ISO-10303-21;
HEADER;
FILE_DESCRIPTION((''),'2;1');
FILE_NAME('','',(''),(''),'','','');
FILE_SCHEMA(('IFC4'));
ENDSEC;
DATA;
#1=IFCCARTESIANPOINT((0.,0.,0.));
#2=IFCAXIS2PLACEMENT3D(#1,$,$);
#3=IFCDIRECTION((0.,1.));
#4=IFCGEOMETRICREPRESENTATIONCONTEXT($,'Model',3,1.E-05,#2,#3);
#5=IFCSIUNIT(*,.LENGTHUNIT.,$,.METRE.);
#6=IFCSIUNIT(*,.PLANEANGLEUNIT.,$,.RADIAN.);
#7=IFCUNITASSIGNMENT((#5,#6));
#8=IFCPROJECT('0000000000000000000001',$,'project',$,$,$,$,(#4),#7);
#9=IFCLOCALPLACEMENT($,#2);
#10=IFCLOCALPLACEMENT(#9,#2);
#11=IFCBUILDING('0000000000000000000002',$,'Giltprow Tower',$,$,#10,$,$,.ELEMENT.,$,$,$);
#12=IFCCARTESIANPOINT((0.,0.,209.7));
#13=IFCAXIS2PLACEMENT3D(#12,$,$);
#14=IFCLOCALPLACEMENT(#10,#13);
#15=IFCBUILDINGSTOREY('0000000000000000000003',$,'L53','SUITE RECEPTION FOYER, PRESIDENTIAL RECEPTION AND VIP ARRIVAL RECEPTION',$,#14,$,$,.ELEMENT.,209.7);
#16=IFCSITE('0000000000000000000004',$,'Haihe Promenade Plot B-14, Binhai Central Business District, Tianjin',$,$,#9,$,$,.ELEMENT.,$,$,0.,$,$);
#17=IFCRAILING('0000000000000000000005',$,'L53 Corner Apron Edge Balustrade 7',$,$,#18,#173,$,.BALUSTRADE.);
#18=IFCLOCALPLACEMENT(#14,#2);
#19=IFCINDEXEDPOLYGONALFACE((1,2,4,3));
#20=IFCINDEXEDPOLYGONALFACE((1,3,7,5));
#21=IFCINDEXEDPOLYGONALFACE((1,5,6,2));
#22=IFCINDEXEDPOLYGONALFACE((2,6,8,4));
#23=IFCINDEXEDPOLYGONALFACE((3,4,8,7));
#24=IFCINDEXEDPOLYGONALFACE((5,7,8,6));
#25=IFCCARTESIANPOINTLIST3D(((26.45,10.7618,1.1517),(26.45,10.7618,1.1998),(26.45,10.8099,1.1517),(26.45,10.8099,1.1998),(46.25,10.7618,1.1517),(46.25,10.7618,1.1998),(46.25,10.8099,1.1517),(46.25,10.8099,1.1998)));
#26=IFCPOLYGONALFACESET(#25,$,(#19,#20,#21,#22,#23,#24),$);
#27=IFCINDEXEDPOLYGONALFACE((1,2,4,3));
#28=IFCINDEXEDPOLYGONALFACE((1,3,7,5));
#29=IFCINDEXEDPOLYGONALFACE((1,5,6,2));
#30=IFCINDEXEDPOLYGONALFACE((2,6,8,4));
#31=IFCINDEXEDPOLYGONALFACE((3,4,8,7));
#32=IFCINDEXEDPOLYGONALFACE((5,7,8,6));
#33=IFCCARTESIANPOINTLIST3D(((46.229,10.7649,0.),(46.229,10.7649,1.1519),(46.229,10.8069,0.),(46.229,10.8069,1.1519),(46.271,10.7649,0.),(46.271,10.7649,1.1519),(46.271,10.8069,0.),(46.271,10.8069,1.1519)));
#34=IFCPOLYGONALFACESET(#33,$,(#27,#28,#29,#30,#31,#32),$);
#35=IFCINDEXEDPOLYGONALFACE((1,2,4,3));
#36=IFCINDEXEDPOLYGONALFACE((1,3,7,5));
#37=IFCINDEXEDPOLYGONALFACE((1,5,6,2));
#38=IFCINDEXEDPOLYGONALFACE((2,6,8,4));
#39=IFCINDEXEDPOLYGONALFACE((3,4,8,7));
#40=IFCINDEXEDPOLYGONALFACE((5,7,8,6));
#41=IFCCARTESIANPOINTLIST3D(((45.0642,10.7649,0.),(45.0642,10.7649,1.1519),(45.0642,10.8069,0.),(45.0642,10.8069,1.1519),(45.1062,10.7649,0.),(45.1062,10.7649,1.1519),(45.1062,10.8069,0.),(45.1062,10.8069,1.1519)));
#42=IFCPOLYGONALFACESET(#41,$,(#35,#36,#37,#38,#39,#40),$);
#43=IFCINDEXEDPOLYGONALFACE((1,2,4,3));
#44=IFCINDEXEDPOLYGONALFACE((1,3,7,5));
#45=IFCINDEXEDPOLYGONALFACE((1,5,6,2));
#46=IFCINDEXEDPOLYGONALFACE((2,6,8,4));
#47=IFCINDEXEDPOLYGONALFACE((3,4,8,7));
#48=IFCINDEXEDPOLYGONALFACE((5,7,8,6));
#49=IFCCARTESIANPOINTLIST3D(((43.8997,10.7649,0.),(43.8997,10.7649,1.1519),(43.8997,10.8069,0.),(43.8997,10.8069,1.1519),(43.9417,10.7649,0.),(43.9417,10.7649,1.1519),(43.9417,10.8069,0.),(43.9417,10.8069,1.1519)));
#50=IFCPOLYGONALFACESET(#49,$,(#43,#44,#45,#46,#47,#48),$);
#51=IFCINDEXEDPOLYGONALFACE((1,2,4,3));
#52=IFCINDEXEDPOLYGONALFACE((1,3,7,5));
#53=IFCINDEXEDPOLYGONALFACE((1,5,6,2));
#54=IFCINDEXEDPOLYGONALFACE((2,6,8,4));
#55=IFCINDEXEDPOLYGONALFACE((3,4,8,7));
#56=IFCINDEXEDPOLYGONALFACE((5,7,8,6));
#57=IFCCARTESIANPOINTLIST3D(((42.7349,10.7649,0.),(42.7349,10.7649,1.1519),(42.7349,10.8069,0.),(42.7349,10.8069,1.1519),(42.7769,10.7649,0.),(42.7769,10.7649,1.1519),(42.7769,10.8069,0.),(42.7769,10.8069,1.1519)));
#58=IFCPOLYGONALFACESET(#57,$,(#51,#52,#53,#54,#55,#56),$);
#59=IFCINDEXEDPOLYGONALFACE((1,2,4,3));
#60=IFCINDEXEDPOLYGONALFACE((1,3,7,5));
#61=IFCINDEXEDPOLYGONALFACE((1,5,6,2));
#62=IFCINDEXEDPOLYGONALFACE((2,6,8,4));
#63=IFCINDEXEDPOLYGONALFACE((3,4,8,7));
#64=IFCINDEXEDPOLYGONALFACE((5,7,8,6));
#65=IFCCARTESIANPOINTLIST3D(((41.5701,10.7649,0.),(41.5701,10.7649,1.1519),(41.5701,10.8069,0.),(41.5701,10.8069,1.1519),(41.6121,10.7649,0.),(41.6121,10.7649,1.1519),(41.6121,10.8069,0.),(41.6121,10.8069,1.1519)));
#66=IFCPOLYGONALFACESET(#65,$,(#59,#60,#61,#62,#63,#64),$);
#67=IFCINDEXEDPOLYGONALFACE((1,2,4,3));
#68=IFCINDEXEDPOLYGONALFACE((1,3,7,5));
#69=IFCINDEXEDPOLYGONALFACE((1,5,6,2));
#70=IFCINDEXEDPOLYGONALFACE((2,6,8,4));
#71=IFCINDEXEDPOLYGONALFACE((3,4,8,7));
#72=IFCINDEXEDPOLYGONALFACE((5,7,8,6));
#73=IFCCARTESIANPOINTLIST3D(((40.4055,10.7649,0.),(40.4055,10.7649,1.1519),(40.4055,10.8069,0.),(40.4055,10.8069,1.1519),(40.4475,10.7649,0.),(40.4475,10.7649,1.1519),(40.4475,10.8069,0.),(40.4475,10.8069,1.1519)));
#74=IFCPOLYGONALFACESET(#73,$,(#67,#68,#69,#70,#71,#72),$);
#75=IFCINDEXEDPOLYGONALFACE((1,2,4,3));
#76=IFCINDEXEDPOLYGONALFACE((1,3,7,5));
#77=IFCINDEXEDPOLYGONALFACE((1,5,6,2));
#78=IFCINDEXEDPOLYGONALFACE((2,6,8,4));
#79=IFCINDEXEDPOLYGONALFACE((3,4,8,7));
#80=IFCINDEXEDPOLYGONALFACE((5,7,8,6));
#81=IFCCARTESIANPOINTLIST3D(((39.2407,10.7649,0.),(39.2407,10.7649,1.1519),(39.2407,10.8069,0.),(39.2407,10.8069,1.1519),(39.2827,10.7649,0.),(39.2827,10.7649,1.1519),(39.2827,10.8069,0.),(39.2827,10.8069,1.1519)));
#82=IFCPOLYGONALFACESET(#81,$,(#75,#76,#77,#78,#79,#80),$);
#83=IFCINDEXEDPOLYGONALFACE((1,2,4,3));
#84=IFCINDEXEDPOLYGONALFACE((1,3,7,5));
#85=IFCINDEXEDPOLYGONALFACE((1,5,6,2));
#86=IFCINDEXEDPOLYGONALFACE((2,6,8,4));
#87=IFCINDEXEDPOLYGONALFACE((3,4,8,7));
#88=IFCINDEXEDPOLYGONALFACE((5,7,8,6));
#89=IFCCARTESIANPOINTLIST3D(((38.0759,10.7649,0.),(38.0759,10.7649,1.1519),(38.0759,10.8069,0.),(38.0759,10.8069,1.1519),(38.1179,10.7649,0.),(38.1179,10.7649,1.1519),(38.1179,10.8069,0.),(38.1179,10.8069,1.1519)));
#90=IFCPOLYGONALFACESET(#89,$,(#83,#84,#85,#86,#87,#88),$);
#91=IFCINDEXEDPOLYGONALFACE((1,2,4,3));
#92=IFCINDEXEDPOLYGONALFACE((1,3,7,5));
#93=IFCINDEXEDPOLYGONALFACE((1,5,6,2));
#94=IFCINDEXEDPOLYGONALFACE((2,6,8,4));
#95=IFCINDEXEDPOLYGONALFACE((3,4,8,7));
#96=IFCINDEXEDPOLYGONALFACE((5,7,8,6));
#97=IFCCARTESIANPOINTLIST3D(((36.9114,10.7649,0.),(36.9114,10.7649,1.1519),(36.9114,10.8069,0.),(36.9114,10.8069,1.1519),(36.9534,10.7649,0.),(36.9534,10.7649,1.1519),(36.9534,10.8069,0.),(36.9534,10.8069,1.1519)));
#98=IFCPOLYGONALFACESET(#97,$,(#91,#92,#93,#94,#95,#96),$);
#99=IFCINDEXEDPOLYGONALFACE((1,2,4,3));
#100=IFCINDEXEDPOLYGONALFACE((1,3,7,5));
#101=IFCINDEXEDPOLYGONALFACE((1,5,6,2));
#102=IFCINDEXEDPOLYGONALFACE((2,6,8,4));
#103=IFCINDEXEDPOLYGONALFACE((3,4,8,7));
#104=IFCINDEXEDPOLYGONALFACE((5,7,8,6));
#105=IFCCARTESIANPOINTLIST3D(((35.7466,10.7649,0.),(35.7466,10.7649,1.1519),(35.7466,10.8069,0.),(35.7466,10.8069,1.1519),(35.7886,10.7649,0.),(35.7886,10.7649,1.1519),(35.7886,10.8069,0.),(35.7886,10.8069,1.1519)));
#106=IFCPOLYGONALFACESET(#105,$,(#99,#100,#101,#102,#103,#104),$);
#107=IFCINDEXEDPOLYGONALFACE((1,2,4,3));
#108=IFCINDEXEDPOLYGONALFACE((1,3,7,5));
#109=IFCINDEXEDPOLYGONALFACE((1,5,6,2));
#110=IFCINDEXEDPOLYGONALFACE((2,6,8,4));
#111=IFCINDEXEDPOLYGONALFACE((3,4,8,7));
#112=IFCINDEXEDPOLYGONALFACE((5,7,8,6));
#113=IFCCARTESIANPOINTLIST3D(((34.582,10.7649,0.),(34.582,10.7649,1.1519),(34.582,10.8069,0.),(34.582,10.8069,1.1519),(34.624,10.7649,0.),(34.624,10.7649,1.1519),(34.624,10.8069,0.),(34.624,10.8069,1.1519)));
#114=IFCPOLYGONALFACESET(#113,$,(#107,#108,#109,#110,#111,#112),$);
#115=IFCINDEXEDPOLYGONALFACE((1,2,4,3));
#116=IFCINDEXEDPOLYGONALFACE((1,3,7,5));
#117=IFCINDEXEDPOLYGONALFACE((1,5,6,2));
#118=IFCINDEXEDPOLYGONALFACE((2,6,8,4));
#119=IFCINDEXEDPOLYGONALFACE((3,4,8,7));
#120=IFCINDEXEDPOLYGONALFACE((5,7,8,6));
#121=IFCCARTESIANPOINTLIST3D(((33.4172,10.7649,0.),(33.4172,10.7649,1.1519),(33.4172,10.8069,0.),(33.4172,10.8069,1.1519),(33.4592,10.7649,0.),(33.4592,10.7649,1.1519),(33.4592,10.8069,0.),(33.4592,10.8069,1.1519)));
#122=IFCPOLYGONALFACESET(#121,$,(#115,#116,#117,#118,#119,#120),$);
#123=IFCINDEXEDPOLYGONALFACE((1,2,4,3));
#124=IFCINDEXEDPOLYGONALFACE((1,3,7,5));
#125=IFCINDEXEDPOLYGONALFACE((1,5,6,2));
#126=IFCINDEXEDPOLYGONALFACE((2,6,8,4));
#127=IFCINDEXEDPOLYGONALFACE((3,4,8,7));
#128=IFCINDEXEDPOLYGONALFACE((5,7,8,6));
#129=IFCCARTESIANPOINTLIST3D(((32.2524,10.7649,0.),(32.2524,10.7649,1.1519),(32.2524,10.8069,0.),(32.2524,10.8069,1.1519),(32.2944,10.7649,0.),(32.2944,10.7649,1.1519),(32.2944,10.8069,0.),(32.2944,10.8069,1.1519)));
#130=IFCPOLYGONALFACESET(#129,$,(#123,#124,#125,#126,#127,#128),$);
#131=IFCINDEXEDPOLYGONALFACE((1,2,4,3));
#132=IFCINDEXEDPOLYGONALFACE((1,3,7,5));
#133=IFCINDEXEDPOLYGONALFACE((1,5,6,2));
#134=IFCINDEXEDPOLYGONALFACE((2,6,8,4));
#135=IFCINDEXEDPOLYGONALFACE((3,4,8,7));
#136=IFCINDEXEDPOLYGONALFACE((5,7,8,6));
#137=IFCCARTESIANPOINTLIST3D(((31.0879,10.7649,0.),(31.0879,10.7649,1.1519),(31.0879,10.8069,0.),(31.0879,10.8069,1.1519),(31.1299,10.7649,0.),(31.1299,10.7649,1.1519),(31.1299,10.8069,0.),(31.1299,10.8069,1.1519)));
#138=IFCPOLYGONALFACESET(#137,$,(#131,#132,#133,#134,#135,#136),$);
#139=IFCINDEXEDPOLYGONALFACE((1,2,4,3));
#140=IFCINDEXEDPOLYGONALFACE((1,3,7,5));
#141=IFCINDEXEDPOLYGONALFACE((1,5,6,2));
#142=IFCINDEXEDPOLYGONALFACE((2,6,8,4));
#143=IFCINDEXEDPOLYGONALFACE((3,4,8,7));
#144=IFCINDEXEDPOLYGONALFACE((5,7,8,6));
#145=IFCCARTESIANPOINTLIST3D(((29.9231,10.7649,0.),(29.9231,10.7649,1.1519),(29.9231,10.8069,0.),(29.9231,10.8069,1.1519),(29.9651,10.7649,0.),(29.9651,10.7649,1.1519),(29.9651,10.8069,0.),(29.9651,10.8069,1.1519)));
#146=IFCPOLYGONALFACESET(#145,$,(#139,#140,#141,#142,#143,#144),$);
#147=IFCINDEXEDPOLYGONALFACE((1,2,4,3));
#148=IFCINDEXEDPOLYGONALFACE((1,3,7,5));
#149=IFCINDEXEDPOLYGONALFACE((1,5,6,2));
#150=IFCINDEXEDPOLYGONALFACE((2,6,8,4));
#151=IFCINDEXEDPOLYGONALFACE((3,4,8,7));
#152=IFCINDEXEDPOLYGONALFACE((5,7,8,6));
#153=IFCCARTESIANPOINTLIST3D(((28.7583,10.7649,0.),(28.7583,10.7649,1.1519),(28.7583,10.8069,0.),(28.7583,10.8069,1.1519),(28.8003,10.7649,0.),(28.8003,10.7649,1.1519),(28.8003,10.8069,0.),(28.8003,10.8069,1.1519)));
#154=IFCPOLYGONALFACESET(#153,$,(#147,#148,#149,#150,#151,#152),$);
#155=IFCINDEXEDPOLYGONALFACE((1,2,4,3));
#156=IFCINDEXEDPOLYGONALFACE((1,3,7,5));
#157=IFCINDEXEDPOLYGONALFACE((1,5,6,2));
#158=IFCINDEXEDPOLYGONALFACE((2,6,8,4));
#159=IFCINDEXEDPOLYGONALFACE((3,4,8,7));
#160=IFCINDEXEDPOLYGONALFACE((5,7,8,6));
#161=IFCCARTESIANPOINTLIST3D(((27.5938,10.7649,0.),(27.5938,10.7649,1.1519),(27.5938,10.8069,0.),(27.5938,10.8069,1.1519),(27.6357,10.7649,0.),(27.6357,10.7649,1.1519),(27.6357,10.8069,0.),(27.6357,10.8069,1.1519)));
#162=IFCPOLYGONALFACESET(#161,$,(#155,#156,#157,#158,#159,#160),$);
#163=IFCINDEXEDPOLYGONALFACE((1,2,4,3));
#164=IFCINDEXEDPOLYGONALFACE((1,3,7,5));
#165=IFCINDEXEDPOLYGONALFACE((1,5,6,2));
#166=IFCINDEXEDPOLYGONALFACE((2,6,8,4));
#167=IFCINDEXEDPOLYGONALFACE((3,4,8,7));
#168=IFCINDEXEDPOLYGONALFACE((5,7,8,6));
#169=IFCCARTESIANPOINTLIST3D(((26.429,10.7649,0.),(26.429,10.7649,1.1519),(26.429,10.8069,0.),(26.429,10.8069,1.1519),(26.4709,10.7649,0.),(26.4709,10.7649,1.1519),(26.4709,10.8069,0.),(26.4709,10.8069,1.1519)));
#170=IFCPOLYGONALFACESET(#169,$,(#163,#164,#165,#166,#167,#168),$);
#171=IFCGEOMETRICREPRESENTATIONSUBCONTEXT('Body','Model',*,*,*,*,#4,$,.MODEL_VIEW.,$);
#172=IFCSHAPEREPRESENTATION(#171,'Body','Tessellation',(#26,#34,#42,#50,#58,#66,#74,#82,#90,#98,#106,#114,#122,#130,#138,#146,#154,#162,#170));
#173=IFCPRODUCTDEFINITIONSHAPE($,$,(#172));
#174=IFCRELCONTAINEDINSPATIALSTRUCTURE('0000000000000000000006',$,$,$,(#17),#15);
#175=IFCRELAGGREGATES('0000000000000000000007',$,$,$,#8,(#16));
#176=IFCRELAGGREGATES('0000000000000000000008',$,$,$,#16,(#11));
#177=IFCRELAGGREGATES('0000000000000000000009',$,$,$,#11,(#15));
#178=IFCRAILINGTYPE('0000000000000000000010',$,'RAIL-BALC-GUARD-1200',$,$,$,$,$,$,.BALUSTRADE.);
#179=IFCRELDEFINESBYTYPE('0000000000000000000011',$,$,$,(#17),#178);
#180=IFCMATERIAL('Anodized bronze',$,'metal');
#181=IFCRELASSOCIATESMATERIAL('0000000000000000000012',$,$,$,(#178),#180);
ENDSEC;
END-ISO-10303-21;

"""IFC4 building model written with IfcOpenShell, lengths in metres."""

from ifc_helpers import new_model, si_unit, direction, frame, origin, origin_2d, place, context, subcontext, project, spatial, rectangle, extrude, material, type_object, element, save


model = new_model("IFC4")

# Units and contexts
model_context = context("Model", 3, precision=1e-05, world=origin(), true_north=direction((0.0, 1.0)))
body_context = subcontext(model_context, "Body", "Model", "MODEL_VIEW")
ifc_project = project(units=[si_unit("LENGTHUNIT", "METRE"), si_unit("PLANEANGLEUNIT", "RADIAN")], contexts=[model_context])

# Site, building, storey
site_placement = place(None, origin())
site = spatial("IfcSite", under=ifc_project, at=site_placement, Name="Haihe Promenade Plot B-14, Binhai Central Business District, Tianjin", CompositionType="ELEMENT", RefElevation=0.0)
building_placement = place(site_placement, origin())
building = spatial("IfcBuilding", under=site, at=building_placement, Name="Giltprow Tower", CompositionType="ELEMENT")
storey_placement = place(building_placement, frame((0.0, 0.0, 209.7)))
storey = spatial("IfcBuildingStorey", under=building, at=storey_placement, Name="L53", Description="SUITE RECEPTION FOYER, PRESIDENTIAL RECEPTION AND VIP ARRIVAL RECEPTION", CompositionType="ELEMENT", Elevation=209.7)

# Shared definitions
ifc_material_1 = material(Name="Anodized bronze", Category="metal")

# Railing
railing_type = type_object("IfcRailingType", Name="RAIL-BALC-GUARD-1200", PredefinedType="BALUSTRADE", material=ifc_material_1)
railing_1_placement = place(storey_placement, frame((46.25, 10.7859, 0.0)))
element("IfcRailing", 1, at=railing_1_placement, inside=storey, type_object=railing_type, Name="L53 Corner Apron Edge Balustrade 7", PredefinedType="BALUSTRADE", context=body_context, shape_type="SweptSolid", body=[
    extrude(rectangle(XDim=0.0481, YDim=0.0481, at=origin_2d()), frame((0.0, 0.0, 1.1758), z_axis=(-1.0, 0.0, 0.0), x_axis=(0.0, -1.0, 0.0)), (0.0, 0.0, 1.0), 19.8),
    extrude(rectangle(XDim=0.042, YDim=0.042, at=origin_2d()), origin(), (0.0, 0.0, 1.0), 1.1519),
    extrude(rectangle(XDim=0.042, YDim=0.042, at=origin_2d()), frame((-1.1648, 0.0, 0.0)), (0.0, 0.0, 1.0), 1.1519),
    extrude(rectangle(XDim=0.042, YDim=0.042, at=origin_2d()), frame((-2.3293, 0.0, 0.0)), (0.0, 0.0, 1.0), 1.1519),
    extrude(rectangle(XDim=0.042, YDim=0.042, at=origin_2d()), frame((-3.4941, 0.0, 0.0)), (0.0, 0.0, 1.0), 1.1519),
    extrude(rectangle(XDim=0.042, YDim=0.042, at=origin_2d()), frame((-4.6589, 0.0, 0.0)), (0.0, 0.0, 1.0), 1.1519),
    extrude(rectangle(XDim=0.042, YDim=0.042, at=origin_2d()), frame((-5.8235, 0.0, 0.0)), (0.0, 0.0, 1.0), 1.1519),
    extrude(rectangle(XDim=0.042, YDim=0.042, at=origin_2d()), frame((-6.9883, 0.0, 0.0)), (0.0, 0.0, 1.0), 1.1519),
    extrude(rectangle(XDim=0.042, YDim=0.042, at=origin_2d()), frame((-8.1531, 0.0, 0.0)), (0.0, 0.0, 1.0), 1.1519),
    extrude(rectangle(XDim=0.042, YDim=0.042, at=origin_2d()), frame((-9.3176, 0.0, 0.0)), (0.0, 0.0, 1.0), 1.1519),
    extrude(rectangle(XDim=0.042, YDim=0.042, at=origin_2d()), frame((-10.4824, 0.0, 0.0)), (0.0, 0.0, 1.0), 1.1519),
    extrude(rectangle(XDim=0.042, YDim=0.042, at=origin_2d()), frame((-11.647, 0.0, 0.0)), (0.0, 0.0, 1.0), 1.1519),
    extrude(rectangle(XDim=0.042, YDim=0.042, at=origin_2d()), frame((-12.8118, 0.0, 0.0)), (0.0, 0.0, 1.0), 1.1519),
    extrude(rectangle(XDim=0.042, YDim=0.042, at=origin_2d()), frame((-13.9766, 0.0, 0.0)), (0.0, 0.0, 1.0), 1.1519),
    extrude(rectangle(XDim=0.042, YDim=0.042, at=origin_2d()), frame((-15.1411, 0.0, 0.0)), (0.0, 0.0, 1.0), 1.1519),
    extrude(rectangle(XDim=0.042, YDim=0.042, at=origin_2d()), frame((-16.3059, 0.0, 0.0)), (0.0, 0.0, 1.0), 1.1519),
    extrude(rectangle(XDim=0.042, YDim=0.042, at=origin_2d()), frame((-17.4707, 0.0, 0.0)), (0.0, 0.0, 1.0), 1.1519),
    extrude(rectangle(XDim=0.042, YDim=0.042, at=origin_2d()), frame((-18.6353, 0.0, 0.0)), (0.0, 0.0, 1.0), 1.1519),
    extrude(rectangle(XDim=0.042, YDim=0.042, at=origin_2d()), frame((-19.8, 0.0, 0.0)), (0.0, 0.0, 1.0), 1.1519),
])

save(model, "model.ifc")
